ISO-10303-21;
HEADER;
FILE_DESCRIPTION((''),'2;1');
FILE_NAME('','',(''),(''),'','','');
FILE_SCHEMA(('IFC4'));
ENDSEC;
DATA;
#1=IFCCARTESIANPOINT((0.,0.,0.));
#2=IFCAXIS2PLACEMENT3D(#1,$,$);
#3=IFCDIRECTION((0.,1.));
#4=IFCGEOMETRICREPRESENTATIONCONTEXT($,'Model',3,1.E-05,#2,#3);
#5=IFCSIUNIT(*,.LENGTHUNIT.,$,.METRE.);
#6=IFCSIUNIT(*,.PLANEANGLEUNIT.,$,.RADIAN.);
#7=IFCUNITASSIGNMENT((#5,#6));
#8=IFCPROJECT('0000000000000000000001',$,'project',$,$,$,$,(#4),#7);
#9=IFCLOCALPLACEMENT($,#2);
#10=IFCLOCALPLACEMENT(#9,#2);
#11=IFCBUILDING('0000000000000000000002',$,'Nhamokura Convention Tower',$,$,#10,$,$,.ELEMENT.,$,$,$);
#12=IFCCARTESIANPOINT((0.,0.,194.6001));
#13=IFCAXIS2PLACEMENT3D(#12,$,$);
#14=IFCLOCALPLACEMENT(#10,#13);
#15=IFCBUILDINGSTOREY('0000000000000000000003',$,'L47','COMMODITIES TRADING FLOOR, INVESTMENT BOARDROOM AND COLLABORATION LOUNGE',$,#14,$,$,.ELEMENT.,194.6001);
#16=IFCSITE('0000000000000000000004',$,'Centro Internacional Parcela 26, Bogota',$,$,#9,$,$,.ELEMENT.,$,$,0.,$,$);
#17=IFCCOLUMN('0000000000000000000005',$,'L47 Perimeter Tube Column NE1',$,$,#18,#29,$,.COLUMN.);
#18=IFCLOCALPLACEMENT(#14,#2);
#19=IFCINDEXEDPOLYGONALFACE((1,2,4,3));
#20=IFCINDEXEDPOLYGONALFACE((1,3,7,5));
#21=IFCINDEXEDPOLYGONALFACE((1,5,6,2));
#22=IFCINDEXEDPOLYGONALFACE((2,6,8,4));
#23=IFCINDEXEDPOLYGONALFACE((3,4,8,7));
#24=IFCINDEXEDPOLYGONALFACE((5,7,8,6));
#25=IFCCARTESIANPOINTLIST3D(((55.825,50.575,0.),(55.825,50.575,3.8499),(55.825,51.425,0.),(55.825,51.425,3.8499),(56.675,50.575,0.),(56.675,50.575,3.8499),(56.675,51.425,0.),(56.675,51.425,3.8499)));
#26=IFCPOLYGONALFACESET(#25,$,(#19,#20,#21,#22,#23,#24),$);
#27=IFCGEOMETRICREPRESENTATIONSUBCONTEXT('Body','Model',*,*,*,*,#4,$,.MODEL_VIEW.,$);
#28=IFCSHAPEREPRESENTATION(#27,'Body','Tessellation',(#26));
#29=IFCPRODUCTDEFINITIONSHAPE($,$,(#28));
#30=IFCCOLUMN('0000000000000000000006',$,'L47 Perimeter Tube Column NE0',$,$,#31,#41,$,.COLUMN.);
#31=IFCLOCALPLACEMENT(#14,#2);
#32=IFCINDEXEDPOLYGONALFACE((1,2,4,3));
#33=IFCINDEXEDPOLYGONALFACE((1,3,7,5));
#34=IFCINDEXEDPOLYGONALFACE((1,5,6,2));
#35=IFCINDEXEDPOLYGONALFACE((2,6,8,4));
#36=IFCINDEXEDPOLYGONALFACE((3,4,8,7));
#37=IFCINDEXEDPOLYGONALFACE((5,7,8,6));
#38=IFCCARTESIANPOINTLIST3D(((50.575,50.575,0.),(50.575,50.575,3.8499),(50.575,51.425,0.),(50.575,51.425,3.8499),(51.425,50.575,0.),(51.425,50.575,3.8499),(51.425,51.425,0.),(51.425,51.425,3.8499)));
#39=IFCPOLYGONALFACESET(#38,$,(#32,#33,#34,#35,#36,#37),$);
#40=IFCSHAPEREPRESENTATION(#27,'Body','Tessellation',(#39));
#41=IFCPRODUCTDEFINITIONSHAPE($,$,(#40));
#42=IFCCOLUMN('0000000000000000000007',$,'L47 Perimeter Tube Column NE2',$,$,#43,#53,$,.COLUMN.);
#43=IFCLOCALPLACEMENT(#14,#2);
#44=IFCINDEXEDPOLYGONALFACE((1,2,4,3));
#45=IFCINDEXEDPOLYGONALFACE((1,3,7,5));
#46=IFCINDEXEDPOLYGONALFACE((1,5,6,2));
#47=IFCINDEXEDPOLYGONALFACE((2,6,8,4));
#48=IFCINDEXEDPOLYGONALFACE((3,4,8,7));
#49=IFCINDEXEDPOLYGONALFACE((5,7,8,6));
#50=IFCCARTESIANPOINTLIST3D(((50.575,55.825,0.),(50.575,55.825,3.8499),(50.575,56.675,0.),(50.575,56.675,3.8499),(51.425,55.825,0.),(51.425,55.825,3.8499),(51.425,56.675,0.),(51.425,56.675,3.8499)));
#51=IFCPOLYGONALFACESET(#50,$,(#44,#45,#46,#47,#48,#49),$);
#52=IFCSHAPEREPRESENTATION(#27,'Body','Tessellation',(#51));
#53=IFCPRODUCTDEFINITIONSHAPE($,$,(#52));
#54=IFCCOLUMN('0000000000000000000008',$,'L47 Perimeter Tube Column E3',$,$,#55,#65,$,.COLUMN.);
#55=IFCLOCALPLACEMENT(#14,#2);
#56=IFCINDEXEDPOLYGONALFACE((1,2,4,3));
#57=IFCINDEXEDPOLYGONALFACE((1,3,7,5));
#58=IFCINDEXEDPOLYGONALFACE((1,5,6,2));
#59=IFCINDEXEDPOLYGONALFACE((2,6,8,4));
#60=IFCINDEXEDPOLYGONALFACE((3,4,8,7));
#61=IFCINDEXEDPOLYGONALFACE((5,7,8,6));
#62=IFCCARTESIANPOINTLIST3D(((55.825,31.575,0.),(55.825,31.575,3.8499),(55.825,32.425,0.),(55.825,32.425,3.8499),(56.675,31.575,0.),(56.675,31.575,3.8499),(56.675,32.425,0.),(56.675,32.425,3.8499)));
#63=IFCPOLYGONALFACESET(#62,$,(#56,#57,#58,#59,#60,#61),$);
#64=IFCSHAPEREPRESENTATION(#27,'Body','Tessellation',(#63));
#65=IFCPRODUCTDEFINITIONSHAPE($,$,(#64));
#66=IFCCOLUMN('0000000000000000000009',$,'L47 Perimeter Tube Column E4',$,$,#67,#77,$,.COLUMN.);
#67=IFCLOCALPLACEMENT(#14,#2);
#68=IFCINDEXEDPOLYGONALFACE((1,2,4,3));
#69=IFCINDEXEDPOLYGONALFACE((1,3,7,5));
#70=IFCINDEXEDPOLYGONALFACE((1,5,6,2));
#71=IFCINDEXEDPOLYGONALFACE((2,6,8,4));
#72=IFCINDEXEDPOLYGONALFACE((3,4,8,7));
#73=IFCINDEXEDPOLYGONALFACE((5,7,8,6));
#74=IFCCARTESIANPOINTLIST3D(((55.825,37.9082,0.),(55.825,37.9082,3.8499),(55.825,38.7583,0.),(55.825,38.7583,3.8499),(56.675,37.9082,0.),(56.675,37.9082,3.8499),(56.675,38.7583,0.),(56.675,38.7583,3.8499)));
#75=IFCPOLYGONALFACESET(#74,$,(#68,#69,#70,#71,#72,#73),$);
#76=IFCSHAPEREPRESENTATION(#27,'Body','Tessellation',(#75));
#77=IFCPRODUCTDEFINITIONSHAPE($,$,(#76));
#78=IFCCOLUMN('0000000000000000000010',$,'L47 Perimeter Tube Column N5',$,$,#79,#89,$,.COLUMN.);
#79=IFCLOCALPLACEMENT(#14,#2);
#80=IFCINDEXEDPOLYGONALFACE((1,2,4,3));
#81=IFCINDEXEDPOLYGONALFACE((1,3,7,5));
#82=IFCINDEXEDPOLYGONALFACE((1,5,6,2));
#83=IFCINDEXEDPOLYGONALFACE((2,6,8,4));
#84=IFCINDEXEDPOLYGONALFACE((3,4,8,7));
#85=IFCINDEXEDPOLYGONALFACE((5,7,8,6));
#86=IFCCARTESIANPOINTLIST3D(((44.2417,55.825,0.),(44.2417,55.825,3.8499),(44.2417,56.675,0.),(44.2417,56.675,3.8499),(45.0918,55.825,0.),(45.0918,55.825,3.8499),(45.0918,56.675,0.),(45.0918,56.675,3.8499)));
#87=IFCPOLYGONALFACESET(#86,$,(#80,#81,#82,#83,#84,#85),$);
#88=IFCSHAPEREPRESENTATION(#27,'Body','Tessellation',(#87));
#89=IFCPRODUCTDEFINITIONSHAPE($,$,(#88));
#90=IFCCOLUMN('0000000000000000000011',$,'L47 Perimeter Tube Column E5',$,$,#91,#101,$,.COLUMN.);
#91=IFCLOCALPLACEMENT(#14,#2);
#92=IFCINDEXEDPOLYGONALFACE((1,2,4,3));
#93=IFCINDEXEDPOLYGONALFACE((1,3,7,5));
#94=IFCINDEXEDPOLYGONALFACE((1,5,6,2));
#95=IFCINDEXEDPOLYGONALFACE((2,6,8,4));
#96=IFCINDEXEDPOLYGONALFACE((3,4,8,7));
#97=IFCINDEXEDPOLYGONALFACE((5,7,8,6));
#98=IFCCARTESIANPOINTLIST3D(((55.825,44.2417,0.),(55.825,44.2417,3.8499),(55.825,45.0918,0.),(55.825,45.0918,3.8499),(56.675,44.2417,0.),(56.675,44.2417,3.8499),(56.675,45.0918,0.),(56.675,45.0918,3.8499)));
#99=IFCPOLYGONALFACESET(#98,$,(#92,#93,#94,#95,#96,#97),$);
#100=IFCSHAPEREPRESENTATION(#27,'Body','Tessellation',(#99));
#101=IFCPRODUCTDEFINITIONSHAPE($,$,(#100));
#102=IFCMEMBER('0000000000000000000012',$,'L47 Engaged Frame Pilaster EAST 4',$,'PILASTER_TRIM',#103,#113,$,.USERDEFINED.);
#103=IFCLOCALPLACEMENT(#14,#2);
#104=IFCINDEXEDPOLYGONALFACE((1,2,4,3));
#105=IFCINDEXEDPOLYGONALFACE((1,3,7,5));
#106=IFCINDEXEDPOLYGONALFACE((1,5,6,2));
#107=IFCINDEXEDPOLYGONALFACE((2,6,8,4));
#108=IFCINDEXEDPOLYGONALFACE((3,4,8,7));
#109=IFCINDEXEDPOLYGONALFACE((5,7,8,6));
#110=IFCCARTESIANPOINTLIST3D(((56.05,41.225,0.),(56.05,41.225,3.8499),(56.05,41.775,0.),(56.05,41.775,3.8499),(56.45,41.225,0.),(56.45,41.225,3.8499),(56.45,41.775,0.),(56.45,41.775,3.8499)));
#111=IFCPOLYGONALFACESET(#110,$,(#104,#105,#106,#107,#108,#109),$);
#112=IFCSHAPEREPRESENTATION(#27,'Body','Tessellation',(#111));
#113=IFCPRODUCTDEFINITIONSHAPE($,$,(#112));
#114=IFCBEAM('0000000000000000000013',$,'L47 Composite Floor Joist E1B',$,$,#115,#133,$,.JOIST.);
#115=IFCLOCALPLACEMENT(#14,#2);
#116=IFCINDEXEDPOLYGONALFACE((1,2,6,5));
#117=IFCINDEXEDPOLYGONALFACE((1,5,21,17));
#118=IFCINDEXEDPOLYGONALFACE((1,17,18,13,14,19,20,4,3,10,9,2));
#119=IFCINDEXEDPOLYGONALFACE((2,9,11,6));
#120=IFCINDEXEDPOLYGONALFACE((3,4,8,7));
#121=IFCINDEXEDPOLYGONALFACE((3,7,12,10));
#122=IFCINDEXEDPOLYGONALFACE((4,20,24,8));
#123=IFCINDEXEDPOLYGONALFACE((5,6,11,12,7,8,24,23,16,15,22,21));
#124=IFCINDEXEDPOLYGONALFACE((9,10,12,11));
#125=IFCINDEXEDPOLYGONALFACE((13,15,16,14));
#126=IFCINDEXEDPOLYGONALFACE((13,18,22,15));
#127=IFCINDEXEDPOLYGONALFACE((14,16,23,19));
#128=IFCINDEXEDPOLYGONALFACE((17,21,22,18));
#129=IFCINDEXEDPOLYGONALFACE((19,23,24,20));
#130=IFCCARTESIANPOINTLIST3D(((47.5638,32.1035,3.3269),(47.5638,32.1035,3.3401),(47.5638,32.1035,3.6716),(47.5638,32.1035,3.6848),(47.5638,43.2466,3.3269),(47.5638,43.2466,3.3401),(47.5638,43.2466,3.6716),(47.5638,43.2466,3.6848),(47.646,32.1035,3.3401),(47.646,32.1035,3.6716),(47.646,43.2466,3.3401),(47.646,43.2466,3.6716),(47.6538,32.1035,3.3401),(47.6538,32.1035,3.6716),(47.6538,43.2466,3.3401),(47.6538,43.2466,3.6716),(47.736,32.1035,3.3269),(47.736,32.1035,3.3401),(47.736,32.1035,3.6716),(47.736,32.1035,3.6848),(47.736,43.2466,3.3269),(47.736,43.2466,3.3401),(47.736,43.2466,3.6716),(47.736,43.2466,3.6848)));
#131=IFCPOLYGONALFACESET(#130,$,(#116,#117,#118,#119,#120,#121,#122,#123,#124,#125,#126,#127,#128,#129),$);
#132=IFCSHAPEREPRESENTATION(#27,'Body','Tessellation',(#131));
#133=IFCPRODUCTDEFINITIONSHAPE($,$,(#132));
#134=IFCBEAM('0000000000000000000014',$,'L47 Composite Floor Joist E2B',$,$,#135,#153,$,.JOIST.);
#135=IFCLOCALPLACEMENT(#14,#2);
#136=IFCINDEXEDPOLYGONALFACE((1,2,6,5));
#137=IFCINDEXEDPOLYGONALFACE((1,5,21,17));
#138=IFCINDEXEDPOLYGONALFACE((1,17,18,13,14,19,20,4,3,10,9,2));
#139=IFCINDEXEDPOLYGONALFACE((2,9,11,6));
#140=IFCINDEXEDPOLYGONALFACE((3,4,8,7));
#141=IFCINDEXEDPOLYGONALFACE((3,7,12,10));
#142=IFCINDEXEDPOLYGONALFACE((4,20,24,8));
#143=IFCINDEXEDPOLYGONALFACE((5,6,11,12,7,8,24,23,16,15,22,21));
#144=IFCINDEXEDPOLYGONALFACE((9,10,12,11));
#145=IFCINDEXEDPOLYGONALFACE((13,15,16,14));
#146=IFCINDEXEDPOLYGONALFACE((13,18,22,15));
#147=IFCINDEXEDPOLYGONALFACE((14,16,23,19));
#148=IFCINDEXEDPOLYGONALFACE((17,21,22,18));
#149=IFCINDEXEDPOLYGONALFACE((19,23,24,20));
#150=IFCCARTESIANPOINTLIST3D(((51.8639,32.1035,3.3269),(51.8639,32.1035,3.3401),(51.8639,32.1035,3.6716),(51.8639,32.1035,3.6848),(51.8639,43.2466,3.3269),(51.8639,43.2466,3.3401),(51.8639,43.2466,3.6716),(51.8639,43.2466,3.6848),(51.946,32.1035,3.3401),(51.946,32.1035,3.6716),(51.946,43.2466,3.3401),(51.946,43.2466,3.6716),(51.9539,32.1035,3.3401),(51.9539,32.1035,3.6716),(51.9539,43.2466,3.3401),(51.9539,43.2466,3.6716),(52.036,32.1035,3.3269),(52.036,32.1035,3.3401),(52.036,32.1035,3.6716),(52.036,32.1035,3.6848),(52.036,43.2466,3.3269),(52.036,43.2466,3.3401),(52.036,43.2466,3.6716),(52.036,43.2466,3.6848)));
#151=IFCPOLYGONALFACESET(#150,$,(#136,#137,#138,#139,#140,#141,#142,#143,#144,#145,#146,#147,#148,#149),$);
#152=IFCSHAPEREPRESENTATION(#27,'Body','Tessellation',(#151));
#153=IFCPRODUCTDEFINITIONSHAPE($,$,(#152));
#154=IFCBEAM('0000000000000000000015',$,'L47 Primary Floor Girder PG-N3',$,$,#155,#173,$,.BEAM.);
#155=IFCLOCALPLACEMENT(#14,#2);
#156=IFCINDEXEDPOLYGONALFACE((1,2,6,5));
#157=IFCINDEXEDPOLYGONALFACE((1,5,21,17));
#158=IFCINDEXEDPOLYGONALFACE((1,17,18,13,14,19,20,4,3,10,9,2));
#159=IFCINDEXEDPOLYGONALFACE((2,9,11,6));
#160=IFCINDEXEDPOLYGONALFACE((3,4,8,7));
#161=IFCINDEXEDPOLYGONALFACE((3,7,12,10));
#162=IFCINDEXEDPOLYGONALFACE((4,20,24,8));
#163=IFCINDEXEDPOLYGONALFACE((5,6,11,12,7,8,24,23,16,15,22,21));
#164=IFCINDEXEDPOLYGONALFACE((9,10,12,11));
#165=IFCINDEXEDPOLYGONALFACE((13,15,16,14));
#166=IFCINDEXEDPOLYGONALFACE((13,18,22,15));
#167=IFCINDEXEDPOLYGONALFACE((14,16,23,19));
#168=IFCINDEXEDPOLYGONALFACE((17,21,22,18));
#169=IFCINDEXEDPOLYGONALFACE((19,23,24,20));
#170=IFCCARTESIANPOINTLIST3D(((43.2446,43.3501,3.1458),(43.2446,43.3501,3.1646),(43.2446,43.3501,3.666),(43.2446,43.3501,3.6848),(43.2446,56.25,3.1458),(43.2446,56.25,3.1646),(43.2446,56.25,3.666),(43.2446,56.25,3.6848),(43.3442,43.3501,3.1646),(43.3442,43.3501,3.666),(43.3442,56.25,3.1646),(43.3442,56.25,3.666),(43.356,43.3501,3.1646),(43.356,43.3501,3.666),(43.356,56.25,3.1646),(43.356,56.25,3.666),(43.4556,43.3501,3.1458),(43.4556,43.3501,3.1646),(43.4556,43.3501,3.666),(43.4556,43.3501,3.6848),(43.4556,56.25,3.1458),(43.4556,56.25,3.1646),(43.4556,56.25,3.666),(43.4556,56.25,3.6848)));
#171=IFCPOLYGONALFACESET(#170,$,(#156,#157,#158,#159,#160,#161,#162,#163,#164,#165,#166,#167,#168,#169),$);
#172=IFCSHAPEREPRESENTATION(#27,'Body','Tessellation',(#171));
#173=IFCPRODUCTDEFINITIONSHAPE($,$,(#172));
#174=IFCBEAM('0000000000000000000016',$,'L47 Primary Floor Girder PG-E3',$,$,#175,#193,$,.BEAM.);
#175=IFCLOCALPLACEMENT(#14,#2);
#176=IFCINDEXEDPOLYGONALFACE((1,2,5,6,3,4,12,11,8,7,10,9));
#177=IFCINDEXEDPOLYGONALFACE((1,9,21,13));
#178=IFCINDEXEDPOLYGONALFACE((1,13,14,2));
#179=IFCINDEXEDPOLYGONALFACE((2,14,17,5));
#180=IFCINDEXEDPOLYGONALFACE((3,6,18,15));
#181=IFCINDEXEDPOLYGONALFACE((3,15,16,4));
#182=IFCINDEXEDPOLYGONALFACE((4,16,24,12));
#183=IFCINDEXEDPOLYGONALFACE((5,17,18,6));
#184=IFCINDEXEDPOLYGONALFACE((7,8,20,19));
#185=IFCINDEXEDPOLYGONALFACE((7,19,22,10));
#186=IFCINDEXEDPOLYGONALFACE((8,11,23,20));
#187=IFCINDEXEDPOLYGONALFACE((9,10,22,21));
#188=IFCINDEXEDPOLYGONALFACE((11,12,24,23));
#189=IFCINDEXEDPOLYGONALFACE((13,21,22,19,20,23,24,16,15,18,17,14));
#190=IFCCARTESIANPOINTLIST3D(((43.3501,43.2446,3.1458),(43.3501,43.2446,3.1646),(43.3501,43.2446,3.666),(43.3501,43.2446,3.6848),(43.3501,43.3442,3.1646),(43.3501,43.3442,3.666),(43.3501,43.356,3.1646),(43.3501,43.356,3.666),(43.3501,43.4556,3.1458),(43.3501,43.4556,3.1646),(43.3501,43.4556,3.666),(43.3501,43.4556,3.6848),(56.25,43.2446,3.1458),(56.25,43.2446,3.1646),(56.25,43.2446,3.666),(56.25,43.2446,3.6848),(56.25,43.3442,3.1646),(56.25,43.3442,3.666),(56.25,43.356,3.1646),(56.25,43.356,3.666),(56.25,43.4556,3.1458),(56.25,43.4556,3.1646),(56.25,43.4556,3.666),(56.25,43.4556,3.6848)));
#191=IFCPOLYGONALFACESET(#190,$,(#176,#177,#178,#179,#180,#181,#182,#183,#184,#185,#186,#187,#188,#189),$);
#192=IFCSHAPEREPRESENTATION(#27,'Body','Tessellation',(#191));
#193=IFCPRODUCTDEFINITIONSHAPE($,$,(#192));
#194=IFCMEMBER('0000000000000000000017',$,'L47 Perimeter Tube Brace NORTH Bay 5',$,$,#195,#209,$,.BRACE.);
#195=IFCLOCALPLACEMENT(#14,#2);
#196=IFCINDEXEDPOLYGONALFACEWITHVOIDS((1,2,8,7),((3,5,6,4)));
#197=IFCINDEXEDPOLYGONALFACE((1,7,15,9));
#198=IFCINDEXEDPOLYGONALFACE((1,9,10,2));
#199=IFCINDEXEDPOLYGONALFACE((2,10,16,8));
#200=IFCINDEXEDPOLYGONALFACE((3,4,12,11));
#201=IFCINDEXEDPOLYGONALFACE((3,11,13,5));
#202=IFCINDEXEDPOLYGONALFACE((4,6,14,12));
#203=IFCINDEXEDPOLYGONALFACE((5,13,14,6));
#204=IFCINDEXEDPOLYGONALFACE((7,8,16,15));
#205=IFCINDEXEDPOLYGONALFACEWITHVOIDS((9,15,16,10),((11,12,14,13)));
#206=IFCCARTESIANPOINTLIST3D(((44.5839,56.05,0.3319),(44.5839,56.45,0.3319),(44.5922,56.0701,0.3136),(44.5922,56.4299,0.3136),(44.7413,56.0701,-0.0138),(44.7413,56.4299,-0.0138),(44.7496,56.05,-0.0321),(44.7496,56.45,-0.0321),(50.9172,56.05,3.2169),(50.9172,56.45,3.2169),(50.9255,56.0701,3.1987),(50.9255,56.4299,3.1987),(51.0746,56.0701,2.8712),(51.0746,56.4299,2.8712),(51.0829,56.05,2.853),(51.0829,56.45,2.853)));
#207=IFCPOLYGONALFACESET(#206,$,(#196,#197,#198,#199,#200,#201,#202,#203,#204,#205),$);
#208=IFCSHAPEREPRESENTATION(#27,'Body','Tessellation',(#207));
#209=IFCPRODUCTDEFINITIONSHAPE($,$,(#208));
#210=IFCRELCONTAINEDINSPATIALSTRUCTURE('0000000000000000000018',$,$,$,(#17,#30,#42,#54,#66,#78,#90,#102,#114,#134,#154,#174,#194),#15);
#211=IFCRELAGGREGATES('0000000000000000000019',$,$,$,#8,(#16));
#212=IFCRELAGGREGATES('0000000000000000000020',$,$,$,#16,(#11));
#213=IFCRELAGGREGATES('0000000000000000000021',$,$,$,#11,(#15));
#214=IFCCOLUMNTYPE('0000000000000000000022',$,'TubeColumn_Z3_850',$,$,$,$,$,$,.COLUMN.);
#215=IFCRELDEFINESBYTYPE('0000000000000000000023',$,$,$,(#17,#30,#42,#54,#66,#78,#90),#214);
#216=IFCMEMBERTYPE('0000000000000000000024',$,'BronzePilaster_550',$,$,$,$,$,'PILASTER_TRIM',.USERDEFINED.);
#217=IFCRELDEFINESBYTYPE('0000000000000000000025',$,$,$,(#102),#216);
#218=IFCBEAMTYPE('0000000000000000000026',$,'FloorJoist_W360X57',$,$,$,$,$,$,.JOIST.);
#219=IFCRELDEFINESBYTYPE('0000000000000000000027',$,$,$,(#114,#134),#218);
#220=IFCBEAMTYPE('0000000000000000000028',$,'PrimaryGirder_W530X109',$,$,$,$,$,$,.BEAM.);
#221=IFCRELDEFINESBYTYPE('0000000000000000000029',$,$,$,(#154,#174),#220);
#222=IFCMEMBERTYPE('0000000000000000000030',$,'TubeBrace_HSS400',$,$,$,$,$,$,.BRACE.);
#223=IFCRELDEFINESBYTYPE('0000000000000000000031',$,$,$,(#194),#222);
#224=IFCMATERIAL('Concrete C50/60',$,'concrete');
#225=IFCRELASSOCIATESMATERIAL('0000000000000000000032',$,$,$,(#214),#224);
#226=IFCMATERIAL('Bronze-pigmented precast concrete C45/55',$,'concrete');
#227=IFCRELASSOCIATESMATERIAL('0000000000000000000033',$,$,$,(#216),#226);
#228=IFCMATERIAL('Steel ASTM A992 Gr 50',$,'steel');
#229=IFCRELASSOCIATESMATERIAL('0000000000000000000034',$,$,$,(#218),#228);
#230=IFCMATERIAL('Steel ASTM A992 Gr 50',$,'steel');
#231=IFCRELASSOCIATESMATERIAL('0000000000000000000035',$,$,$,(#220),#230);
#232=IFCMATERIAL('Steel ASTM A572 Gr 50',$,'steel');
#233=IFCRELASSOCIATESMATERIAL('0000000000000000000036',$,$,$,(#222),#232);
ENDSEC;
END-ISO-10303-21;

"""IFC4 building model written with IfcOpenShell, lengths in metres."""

from ifc_helpers import new_model, si_unit, direction, frame, origin, origin_2d, place, context, subcontext, project, spatial, rectangle, hollow_rectangle, i_section, extrude, material, material_profile, profile_set, type_object, element, save


model = new_model("IFC4")

# Units and contexts
model_context = context("Model", 3, precision=1e-05, world=origin(), true_north=direction((0.0, 1.0)))
body_context = subcontext(model_context, "Body", "Model", "MODEL_VIEW")
ifc_project = project(units=[si_unit("LENGTHUNIT", "METRE"), si_unit("PLANEANGLEUNIT", "RADIAN")], contexts=[model_context])

# Site, building, storey
site_placement = place(None, origin())
site = spatial("IfcSite", under=ifc_project, at=site_placement, Name="Centro Internacional Parcela 26, Bogota", CompositionType="ELEMENT", RefElevation=0.0)
building_placement = place(site_placement, origin())
building = spatial("IfcBuilding", under=site, at=building_placement, Name="Nhamokura Convention Tower", CompositionType="ELEMENT")
storey_placement = place(building_placement, frame((0.0, 0.0, 194.6001)))
storey = spatial("IfcBuildingStorey", under=building, at=storey_placement, Name="L47", Description="COMMODITIES TRADING FLOOR, INVESTMENT BOARDROOM AND COLLABORATION LOUNGE", CompositionType="ELEMENT", Elevation=194.6001)

# Columns
ifc_material_1 = material(Name="Concrete C50/60", Category="concrete")
ifc_material_profile_1 = material_profile(ifc_material_1, rectangle(XDim=0.8501, YDim=0.8501, at=origin_2d()))
ifc_profile_set_1 = profile_set([ifc_material_profile_1], Name="Concrete C50/60")
column_type = type_object("IfcColumnType", Name="TubeColumn_Z3_850", PredefinedType="COLUMN", material=ifc_profile_set_1)
for number, where, z_axis, x_axis, name in (
    (1, (56.25, 51.0, 0.0), (0.0, 0.0, 1.0), (1.0, 0.0, 0.0), "L47 Perimeter Tube Column NE1"),
    (2, (51.0, 51.0, 0.0), (0.0, 0.0, 1.0), (1.0, 0.0, 0.0), "L47 Perimeter Tube Column NE0"),
    (3, (51.0, 56.25, 0.0), (0.0, 0.0, 1.0), (1.0, 0.0, 0.0), "L47 Perimeter Tube Column NE2"),
    (4, (56.25, 32.0, 0.0), (0.0, 0.0, 1.0), (1.0, 0.0, 0.0), "L47 Perimeter Tube Column E3"),
    (5, (56.25, 38.3333, 0.0), (0.0, 0.0, 1.0), (1.0, 0.0, 0.0), "L47 Perimeter Tube Column E4"),
    (6, (44.6667, 56.25, 0.0), (0.0, 0.0, 1.0), (1.0, 0.0, 0.0), "L47 Perimeter Tube Column N5"),
    (7, (56.25, 44.6667, 0.0), (0.0, 0.0, 1.0), (1.0, 0.0, 0.0), "L47 Perimeter Tube Column E5"),
):
    element("IfcColumn", number, at=place(storey_placement, frame(where, z_axis=z_axis, x_axis=x_axis)), inside=storey, type_object=column_type, Name=name, PredefinedType="COLUMN", context=body_context, shape_type="SweptSolid", body=[
        extrude(rectangle(XDim=0.8501, YDim=0.8501, at=origin_2d()), origin(), (0.0, 0.0, 1.0), 3.8499),
    ])

# Member
ifc_material_2 = material(Name="Bronze-pigmented precast concrete C45/55", Category="concrete")
ifc_material_profile_2 = material_profile(ifc_material_2, rectangle(XDim=0.3999, YDim=0.55, at=origin_2d()))
ifc_profile_set_2 = profile_set([ifc_material_profile_2], Name="Bronze-pigmented precast concrete C45/55")
member_type_1 = type_object("IfcMemberType", Name="BronzePilaster_550", ElementType="PILASTER_TRIM", PredefinedType="USERDEFINED", material=ifc_profile_set_2)
member_placement = place(storey_placement, frame((56.25, 41.5, 0.0), z_axis=(0.0, 0.0, 1.0), x_axis=(1.0, 0.0, 0.0)))
element("IfcMember", 8, at=member_placement, inside=storey, type_object=member_type_1, Name="L47 Engaged Frame Pilaster EAST 4", ObjectType="PILASTER_TRIM", PredefinedType="USERDEFINED", context=body_context, shape_type="SweptSolid", body=[
    extrude(rectangle(XDim=0.3999, YDim=0.55, at=origin_2d()), origin(), (0.0, 0.0, 1.0), 3.8499),
])

# Beams
ifc_material_3 = material(Name="Steel ASTM A992 Gr 50", Category="steel")
ifc_material_profile_3 = material_profile(ifc_material_3, i_section(OverallWidth=0.1721, OverallDepth=0.3579, WebThickness=0.0078, FlangeThickness=0.0132, at=origin_2d()))
ifc_profile_set_3 = profile_set([ifc_material_profile_3], Name="Steel ASTM A992 Gr 50")
beam_type_1 = type_object("IfcBeamType", Name="FloorJoist_W360X57", PredefinedType="JOIST", material=ifc_profile_set_3)
for number, where, z_axis, x_axis, name in (
    (9, (47.6499, 32.1035, 3.5059), (0.0, 1.0, 0.0), (-1.0, 0.0, 0.0), "L47 Composite Floor Joist E1B"),
    (10, (51.95, 32.1035, 3.5059), (0.0, 1.0, 0.0), (-1.0, 0.0, 0.0), "L47 Composite Floor Joist E2B"),
):
    element("IfcBeam", number, at=place(storey_placement, frame(where, z_axis=z_axis, x_axis=x_axis)), inside=storey, type_object=beam_type_1, Name=name, PredefinedType="JOIST", context=body_context, shape_type="SweptSolid", body=[
        extrude(i_section(OverallWidth=0.1721, OverallDepth=0.3579, WebThickness=0.0078, FlangeThickness=0.0132, at=origin_2d()), origin(), (0.0, 0.0, 1.0), 11.1431),
    ])
ifc_material_4 = material(Name="Steel ASTM A992 Gr 50", Category="steel")
ifc_material_profile_4 = material_profile(ifc_material_4, i_section(OverallWidth=0.2109, OverallDepth=0.5391, WebThickness=0.0117, FlangeThickness=0.0188, at=origin_2d()))
ifc_profile_set_4 = profile_set([ifc_material_profile_4], Name="Steel ASTM A992 Gr 50")
beam_type_2 = type_object("IfcBeamType", Name="PrimaryGirder_W530X109", PredefinedType="BEAM", material=ifc_profile_set_4)
for number, where, z_axis, x_axis, name in (
    (11, (43.3501, 43.3501, 3.4153), (0.0, 1.0, 0.0), (-1.0, 0.0, 0.0), "L47 Primary Floor Girder PG-N3"),
    (12, (43.3501, 43.3501, 3.4153), (1.0, 0.0, 0.0), (0.0, 1.0, 0.0), "L47 Primary Floor Girder PG-E3"),
):
    element("IfcBeam", number, at=place(storey_placement, frame(where, z_axis=z_axis, x_axis=x_axis)), inside=storey, type_object=beam_type_2, Name=name, PredefinedType="BEAM", context=body_context, shape_type="SweptSolid", body=[
        extrude(i_section(OverallWidth=0.2109, OverallDepth=0.5391, WebThickness=0.0117, FlangeThickness=0.0188, at=origin_2d()), origin(), (0.0, 0.0, 1.0), 12.8999),
    ])

# Member
ifc_material_5 = material(Name="Steel ASTM A572 Gr 50", Category="steel")
ifc_material_profile_5 = material_profile(ifc_material_5, hollow_rectangle(XDim=0.3999, YDim=0.3999, WallThickness=0.02, at=origin_2d()))
ifc_profile_set_5 = profile_set([ifc_material_profile_5], Name="Steel ASTM A572 Gr 50")
member_type_2 = type_object("IfcMemberType", Name="TubeBrace_HSS400", PredefinedType="BRACE", material=ifc_profile_set_5)
for number, where, z_axis, x_axis, name in (
    (13, (44.6667, 56.25, 0.1499), (0.910027, 0.0, 0.414548), (0.0, 1.0, 0.0), "L47 Perimeter Tube Brace NORTH Bay 5"),
):
    element("IfcMember", number, at=place(storey_placement, frame(where, z_axis=z_axis, x_axis=x_axis)), inside=storey, type_object=member_type_2, Name=name, PredefinedType="BRACE", context=body_context, shape_type="SweptSolid", body=[
        extrude(hollow_rectangle(XDim=0.3999, YDim=0.3999, WallThickness=0.02, at=origin_2d()), origin(), (0.0, 0.0, 1.0), 6.9595),
    ])

save(model, "model.ifc")
